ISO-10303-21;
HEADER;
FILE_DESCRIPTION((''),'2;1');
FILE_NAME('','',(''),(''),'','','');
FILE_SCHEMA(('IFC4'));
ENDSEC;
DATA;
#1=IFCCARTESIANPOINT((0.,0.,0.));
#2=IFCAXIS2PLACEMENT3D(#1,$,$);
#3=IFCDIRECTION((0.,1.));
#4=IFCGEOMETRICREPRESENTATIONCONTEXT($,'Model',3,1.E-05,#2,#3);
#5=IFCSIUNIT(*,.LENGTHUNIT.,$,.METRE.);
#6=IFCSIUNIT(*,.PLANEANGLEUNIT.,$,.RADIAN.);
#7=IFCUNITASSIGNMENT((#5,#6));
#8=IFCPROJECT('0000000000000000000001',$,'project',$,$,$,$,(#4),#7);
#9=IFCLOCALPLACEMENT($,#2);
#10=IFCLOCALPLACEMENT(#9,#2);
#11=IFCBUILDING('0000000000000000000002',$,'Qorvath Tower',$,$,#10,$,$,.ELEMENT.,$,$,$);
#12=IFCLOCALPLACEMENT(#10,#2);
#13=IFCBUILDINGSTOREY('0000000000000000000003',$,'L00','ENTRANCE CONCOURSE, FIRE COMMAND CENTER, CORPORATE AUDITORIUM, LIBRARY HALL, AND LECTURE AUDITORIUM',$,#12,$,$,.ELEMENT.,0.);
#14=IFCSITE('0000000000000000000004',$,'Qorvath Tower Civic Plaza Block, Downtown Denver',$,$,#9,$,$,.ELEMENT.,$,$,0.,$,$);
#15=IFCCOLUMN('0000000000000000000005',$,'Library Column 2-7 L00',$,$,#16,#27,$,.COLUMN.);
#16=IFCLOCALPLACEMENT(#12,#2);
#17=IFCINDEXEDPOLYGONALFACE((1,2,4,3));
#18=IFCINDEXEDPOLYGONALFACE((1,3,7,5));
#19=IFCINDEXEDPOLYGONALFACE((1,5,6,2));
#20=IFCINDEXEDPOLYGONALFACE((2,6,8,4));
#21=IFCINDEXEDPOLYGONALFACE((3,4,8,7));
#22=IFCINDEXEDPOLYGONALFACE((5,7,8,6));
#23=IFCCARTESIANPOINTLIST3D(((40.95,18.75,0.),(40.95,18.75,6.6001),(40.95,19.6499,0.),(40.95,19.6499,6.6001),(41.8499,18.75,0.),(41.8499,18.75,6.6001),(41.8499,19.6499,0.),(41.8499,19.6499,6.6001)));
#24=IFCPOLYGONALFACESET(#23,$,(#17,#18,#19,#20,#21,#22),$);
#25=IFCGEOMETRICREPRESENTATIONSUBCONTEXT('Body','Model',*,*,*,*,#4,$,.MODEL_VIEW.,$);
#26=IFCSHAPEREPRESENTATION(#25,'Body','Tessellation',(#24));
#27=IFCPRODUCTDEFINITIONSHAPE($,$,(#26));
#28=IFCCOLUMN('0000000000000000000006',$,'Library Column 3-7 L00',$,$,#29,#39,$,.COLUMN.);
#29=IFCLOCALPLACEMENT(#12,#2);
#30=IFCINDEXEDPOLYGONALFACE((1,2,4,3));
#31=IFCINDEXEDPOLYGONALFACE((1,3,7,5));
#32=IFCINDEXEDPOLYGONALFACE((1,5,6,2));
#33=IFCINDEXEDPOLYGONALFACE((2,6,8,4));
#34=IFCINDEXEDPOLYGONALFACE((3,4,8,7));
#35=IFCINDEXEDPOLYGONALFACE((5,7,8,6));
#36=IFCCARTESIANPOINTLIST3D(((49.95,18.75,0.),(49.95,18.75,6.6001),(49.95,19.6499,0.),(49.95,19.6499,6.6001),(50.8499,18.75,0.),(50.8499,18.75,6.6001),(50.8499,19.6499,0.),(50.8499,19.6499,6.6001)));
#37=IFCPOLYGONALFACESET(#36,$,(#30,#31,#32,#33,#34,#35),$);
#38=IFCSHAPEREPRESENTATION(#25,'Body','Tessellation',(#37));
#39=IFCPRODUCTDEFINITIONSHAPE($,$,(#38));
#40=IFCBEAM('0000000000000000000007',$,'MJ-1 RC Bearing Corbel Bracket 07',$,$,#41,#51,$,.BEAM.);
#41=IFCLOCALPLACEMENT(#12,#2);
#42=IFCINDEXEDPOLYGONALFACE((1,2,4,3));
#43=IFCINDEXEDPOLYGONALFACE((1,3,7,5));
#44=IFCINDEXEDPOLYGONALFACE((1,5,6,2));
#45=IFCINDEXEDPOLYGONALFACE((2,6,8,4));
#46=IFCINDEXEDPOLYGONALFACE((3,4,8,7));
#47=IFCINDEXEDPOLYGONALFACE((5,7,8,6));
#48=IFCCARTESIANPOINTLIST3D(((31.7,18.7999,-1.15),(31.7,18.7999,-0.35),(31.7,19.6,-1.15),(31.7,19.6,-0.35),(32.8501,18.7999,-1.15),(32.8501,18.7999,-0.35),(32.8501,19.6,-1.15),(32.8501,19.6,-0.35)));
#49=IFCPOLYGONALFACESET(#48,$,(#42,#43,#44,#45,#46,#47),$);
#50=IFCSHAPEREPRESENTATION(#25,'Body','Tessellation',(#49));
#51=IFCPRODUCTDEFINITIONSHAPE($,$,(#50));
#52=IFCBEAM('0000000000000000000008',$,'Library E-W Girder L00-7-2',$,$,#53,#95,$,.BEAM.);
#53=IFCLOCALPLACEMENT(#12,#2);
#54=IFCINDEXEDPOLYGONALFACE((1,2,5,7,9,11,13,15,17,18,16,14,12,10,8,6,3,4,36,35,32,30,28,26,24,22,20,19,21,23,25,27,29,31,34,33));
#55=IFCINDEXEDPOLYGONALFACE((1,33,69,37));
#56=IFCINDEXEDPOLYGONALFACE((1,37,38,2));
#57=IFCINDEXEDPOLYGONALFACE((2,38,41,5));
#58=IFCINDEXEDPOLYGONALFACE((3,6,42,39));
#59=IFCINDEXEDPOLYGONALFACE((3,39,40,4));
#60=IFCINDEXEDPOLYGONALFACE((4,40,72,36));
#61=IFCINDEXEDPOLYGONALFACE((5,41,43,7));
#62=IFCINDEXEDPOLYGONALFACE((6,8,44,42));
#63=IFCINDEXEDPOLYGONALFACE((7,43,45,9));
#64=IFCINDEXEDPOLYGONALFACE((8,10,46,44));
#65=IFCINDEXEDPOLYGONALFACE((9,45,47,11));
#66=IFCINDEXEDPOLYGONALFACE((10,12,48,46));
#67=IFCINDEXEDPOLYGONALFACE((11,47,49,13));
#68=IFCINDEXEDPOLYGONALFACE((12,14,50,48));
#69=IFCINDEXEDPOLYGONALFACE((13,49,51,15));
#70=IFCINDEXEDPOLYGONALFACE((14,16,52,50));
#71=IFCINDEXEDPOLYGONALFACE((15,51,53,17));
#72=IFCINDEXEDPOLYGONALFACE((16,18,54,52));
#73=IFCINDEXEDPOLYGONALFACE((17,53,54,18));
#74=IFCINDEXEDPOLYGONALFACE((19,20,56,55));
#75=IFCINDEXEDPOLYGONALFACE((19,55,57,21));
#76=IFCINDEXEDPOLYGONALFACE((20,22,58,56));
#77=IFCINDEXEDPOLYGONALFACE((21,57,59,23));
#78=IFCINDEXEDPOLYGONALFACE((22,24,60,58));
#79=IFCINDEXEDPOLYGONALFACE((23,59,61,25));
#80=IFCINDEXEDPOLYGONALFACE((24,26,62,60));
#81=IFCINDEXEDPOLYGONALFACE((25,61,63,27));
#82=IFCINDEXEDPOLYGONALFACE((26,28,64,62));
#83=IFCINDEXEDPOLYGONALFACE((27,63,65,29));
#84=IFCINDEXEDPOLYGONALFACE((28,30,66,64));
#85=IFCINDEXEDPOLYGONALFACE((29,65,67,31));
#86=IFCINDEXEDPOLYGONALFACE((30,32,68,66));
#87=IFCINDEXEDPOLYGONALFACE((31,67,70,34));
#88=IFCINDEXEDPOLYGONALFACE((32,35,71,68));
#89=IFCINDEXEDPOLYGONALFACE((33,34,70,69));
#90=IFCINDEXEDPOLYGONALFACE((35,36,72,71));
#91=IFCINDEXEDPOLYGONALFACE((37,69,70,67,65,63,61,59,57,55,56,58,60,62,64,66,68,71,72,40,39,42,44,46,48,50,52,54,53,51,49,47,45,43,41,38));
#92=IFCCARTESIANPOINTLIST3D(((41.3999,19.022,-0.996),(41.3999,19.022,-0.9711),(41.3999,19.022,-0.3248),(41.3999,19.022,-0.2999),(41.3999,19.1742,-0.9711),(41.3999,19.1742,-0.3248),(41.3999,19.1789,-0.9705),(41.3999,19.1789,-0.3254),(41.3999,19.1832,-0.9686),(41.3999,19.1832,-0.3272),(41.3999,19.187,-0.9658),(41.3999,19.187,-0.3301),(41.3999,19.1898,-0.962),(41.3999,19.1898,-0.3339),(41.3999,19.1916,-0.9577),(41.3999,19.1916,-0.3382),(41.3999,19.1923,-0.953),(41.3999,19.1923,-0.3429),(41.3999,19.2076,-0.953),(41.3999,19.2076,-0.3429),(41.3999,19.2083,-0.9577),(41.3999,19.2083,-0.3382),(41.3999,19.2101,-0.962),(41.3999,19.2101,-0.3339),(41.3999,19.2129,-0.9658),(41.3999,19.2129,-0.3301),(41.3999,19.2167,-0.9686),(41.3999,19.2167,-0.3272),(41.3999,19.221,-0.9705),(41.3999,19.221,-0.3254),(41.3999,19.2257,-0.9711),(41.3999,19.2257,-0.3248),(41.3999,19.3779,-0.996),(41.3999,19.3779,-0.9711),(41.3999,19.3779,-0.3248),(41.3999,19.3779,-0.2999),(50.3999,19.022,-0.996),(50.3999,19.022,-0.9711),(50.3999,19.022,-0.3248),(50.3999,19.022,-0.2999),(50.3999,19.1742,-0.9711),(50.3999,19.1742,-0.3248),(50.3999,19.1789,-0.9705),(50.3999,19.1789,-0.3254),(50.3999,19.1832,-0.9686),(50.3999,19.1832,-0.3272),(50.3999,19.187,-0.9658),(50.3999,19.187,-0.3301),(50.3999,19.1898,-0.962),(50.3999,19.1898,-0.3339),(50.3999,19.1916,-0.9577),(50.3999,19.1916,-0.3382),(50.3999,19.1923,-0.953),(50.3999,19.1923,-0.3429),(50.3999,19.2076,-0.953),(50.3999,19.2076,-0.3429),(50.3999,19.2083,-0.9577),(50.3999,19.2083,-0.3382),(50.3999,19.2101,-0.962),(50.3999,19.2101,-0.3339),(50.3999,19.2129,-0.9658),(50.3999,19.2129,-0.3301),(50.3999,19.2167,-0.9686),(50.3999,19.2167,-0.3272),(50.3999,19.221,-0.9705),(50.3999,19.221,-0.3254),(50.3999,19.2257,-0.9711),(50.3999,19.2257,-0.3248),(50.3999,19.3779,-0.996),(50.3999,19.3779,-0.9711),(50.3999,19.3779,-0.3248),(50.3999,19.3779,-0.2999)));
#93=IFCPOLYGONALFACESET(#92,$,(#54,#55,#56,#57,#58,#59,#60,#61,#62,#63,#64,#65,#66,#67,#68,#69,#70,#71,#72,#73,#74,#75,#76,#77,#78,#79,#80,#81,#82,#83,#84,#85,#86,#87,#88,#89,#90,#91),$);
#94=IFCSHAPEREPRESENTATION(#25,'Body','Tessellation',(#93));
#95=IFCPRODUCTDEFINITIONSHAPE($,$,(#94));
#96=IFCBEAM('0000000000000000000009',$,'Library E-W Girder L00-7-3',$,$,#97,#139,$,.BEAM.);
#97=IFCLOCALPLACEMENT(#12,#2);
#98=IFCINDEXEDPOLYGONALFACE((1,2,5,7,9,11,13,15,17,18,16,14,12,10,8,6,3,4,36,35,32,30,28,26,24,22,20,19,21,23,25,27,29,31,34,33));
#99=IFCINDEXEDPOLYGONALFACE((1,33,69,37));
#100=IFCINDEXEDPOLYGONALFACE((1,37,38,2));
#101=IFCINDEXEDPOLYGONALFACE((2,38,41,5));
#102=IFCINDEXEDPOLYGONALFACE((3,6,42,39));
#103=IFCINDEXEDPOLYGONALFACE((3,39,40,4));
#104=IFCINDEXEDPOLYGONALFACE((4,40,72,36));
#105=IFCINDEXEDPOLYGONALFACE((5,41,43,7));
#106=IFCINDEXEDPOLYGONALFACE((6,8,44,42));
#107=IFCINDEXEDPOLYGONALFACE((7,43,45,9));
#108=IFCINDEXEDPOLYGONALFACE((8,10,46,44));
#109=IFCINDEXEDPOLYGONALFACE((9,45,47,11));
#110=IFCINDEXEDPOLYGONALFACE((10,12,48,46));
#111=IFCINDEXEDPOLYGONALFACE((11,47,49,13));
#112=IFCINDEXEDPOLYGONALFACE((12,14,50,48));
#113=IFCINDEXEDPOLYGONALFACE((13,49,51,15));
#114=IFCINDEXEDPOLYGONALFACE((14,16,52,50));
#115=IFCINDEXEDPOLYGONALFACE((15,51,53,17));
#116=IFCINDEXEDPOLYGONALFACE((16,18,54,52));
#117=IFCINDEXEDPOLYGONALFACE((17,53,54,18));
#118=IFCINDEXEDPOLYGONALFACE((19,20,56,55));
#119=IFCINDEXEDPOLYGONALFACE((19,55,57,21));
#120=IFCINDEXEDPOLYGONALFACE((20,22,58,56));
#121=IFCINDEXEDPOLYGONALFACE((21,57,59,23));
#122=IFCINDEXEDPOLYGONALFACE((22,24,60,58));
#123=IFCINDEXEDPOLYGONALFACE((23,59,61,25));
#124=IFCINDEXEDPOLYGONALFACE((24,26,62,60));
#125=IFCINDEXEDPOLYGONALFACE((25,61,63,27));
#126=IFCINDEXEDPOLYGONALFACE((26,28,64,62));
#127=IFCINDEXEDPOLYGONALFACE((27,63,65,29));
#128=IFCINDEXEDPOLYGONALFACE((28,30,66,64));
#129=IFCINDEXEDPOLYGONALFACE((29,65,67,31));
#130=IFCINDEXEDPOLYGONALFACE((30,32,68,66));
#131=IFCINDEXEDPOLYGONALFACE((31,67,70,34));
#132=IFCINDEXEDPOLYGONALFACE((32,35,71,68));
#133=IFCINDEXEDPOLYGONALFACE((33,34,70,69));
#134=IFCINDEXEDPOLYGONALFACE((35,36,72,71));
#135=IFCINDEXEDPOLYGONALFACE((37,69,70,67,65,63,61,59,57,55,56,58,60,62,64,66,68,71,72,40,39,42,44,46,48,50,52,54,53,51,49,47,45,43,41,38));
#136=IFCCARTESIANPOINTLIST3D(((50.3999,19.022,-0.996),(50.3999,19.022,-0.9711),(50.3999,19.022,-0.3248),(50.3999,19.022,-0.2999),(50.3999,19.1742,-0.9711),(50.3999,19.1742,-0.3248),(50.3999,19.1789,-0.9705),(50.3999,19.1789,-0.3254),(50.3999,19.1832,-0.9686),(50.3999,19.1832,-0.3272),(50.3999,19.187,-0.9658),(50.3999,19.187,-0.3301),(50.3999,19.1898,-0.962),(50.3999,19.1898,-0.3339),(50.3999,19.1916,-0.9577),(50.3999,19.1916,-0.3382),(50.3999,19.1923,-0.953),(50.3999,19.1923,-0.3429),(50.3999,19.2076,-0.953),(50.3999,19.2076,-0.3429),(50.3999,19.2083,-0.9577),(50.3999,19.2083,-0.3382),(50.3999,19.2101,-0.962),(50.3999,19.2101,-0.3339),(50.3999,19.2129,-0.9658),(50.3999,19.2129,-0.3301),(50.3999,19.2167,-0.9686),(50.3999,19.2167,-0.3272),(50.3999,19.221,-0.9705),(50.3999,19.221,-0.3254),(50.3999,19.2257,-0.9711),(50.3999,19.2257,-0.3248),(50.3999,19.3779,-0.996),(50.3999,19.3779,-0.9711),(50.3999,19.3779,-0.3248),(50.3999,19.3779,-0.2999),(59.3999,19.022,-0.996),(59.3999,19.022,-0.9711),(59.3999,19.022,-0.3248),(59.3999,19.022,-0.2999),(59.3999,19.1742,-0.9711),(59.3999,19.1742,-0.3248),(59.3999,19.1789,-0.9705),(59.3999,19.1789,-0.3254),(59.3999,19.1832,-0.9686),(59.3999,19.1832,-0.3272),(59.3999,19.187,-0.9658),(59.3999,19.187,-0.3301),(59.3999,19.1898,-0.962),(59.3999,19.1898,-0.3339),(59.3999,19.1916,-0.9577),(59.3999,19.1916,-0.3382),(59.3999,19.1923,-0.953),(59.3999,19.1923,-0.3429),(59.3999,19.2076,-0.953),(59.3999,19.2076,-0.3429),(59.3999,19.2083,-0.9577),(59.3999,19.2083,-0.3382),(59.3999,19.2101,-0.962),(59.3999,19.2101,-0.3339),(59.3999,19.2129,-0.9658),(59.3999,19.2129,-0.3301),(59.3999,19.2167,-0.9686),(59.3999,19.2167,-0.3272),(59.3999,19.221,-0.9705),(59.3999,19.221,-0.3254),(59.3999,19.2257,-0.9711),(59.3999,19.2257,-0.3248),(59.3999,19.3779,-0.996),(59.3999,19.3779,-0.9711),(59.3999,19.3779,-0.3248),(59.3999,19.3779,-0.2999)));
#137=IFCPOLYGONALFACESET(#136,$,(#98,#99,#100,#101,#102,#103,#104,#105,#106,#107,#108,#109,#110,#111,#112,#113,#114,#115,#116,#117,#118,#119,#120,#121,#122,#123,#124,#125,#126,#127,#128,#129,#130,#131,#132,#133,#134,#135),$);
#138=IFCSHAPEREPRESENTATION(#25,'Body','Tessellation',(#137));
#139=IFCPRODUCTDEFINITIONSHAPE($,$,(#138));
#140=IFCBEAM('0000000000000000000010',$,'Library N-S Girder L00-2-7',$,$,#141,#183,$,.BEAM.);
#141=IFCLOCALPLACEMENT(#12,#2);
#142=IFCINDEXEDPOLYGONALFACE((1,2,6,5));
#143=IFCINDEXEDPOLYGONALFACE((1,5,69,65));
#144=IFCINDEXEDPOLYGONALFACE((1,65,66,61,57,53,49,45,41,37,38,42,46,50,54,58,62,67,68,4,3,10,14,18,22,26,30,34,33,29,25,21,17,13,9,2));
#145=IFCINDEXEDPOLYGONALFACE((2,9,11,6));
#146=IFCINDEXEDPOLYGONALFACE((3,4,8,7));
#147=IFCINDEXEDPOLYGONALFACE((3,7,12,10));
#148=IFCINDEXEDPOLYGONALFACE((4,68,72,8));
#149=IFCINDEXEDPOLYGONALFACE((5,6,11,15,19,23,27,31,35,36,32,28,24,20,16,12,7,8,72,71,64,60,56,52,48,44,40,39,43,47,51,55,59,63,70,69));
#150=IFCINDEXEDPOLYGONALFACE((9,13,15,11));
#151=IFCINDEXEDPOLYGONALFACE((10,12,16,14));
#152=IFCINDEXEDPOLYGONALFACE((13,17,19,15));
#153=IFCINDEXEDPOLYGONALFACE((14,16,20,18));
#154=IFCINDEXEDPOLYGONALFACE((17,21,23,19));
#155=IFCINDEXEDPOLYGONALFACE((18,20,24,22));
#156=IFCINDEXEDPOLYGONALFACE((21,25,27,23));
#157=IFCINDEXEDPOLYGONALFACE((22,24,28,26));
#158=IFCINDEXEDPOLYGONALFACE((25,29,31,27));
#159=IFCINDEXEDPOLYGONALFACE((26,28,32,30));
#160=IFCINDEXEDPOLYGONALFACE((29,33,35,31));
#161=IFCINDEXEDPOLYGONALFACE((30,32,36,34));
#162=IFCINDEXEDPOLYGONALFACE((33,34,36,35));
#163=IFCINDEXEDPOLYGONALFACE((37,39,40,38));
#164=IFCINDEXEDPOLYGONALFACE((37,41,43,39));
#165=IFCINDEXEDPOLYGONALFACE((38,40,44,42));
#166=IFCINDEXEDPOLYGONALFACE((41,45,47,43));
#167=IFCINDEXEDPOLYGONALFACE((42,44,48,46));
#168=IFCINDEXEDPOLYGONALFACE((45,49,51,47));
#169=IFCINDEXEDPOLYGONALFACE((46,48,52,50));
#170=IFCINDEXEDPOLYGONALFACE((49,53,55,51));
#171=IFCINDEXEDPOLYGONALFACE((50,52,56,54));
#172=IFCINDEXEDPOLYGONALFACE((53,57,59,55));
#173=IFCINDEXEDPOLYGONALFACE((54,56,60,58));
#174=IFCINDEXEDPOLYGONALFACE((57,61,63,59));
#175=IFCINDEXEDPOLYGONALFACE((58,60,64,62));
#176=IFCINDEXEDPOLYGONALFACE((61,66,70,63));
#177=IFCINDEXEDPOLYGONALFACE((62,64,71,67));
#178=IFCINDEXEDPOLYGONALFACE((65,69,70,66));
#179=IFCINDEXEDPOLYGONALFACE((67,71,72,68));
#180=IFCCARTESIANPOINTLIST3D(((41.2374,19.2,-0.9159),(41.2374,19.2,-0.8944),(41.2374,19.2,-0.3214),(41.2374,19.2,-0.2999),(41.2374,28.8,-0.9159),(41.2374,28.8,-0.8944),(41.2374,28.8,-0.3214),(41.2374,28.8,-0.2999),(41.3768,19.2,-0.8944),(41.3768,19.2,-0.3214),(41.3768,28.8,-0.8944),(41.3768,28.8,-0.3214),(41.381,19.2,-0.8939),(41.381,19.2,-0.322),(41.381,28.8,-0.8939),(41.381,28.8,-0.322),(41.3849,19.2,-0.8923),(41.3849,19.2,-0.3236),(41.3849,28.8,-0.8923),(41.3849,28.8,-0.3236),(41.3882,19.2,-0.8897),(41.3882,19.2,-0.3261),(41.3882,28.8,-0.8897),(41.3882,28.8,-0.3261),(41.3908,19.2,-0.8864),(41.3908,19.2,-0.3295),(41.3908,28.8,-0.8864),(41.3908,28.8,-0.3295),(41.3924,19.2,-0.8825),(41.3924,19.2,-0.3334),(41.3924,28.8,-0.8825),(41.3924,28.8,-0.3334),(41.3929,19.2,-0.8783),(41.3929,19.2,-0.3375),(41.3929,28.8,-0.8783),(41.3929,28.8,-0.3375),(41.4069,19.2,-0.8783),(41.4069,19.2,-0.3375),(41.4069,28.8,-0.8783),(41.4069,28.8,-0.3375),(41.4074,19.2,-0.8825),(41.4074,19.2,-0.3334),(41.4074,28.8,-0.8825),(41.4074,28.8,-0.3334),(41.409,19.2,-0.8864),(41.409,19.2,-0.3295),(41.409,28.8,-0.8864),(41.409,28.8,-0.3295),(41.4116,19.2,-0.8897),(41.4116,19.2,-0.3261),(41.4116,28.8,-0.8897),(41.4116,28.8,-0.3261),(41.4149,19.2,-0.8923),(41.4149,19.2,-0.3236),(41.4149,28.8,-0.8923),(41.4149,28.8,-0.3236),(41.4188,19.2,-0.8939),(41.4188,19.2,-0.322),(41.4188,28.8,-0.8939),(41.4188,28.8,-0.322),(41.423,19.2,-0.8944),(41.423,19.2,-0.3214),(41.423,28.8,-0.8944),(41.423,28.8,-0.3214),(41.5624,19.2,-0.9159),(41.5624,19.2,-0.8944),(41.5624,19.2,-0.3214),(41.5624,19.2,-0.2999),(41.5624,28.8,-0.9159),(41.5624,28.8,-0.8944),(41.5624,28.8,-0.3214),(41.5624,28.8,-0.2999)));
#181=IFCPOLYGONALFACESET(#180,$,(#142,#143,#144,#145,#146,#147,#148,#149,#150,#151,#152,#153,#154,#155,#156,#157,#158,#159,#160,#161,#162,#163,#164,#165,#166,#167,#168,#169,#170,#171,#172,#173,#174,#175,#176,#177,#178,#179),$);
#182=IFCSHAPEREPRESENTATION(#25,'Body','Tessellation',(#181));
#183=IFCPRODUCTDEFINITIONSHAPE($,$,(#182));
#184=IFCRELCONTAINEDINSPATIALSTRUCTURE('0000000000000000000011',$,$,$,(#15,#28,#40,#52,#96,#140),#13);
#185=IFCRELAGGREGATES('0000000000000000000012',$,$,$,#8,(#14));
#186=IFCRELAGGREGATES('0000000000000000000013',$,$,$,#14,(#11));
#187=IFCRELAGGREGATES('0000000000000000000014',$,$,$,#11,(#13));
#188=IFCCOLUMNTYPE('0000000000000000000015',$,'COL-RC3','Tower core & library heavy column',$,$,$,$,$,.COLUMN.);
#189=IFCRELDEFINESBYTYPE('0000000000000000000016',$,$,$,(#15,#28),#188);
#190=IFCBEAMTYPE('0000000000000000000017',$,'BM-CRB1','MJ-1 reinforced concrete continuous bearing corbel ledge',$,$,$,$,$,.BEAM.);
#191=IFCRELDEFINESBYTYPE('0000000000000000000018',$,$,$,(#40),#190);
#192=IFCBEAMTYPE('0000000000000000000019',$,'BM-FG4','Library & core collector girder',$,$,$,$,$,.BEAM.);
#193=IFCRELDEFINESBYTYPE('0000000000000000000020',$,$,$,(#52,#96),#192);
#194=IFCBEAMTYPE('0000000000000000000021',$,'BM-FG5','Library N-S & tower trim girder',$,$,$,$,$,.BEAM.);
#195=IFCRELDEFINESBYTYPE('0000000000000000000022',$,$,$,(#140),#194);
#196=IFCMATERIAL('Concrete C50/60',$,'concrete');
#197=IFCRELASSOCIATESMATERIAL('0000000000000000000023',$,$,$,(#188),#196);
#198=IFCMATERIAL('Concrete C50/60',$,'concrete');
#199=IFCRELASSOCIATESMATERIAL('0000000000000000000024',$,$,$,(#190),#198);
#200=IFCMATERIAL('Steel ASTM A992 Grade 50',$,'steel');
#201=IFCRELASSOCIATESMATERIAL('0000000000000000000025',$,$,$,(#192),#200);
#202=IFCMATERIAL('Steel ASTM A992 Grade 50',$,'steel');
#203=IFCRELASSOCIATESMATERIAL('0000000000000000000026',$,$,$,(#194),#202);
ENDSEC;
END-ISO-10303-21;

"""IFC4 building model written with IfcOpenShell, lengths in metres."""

from ifc_helpers import new_model, si_unit, direction, frame, origin, origin_2d, place, context, subcontext, project, spatial, rectangle, i_section, extrude, material, material_profile, profile_set, type_object, element, save


model = new_model("IFC4")

# Units and contexts
model_context = context("Model", 3, precision=1e-05, world=origin(), true_north=direction((0.0, 1.0)))
body_context = subcontext(model_context, "Body", "Model", "MODEL_VIEW")
ifc_project = project(units=[si_unit("LENGTHUNIT", "METRE"), si_unit("PLANEANGLEUNIT", "RADIAN")], contexts=[model_context])

# Site, building, storey
site_placement = place(None, origin())
site = spatial("IfcSite", under=ifc_project, at=site_placement, Name="Qorvath Tower Civic Plaza Block, Downtown Denver", CompositionType="ELEMENT", RefElevation=0.0)
building_placement = place(site_placement, origin())
building = spatial("IfcBuilding", under=site, at=building_placement, Name="Qorvath Tower", CompositionType="ELEMENT")
storey_placement = place(building_placement, origin())
storey = spatial("IfcBuildingStorey", under=building, at=storey_placement, Name="L00", Description="ENTRANCE CONCOURSE, FIRE COMMAND CENTER, CORPORATE AUDITORIUM, LIBRARY HALL, AND LECTURE AUDITORIUM", CompositionType="ELEMENT", Elevation=0.0)

# Columns
ifc_material_1 = material(Name="Concrete C50/60", Category="concrete")
ifc_material_profile_1 = material_profile(ifc_material_1, rectangle(XDim=0.8999, YDim=0.8999, at=origin_2d()), Name="RC 900x900")
ifc_profile_set_1 = profile_set([ifc_material_profile_1], Name="Concrete C50/60")
column_type = type_object("IfcColumnType", Name="COL-RC3", Description="Tower core & library heavy column", PredefinedType="COLUMN", material=ifc_profile_set_1)
for number, where, z_axis, x_axis, name in (
    (1, (41.3999, 19.2, 0.0), (0.0, 0.0, 1.0), (1.0, 0.0, 0.0), "Library Column 2-7 L00"),
    (2, (50.3999, 19.2, 0.0), (0.0, 0.0, 1.0), (1.0, 0.0, 0.0), "Library Column 3-7 L00"),
):
    element("IfcColumn", number, at=place(storey_placement, frame(where, z_axis=z_axis, x_axis=x_axis)), inside=storey, type_object=column_type, Name=name, PredefinedType="COLUMN", context=body_context, shape_type="SweptSolid", body=[
        extrude(rectangle(XDim=0.8999, YDim=0.8999, at=origin_2d()), origin(), (0.0, 0.0, 1.0), 6.6001),
    ])

# Beams
ifc_material_2 = material(Name="Concrete C50/60", Category="concrete")
ifc_material_profile_2 = material_profile(ifc_material_2, rectangle(XDim=0.8, YDim=0.8, at=origin_2d()), Name="RC 800x800")
ifc_profile_set_2 = profile_set([ifc_material_profile_2], Name="Concrete C50/60")
beam_type_1 = type_object("IfcBeamType", Name="BM-CRB1", Description="MJ-1 reinforced concrete continuous bearing corbel ledge", PredefinedType="BEAM", material=ifc_profile_set_2)
beam_1_placement = place(storey_placement, frame((32.8501, 19.2, -0.75), z_axis=(-1.0, 0.0, 0.0), x_axis=(0.0, -1.0, 0.0)))
element("IfcBeam", 3, at=beam_1_placement, inside=storey, type_object=beam_type_1, Name="MJ-1 RC Bearing Corbel Bracket 07", PredefinedType="BEAM", context=body_context, shape_type="SweptSolid", body=[
    extrude(rectangle(XDim=0.8, YDim=0.8, at=origin_2d()), origin(), (0.0, 0.0, 1.0), 1.1501),
])
ifc_material_3 = material(Name="Steel ASTM A992 Grade 50", Category="steel")
ifc_material_profile_3 = material_profile(ifc_material_3, i_section(OverallWidth=0.356, OverallDepth=0.696, WebThickness=0.0154, FlangeThickness=0.0249, FilletRadius=0.0181, at=origin_2d()), Name="W27x146")
ifc_profile_set_3 = profile_set([ifc_material_profile_3], Name="Steel ASTM A992 Grade 50")
beam_type_2 = type_object("IfcBeamType", Name="BM-FG4", Description="Library & core collector girder", PredefinedType="BEAM", material=ifc_profile_set_3)
for number, where, z_axis, x_axis, name in (
    (4, (41.3999, 19.2, -0.6479), (1.0, 0.0, 0.0), (0.0, 1.0, 0.0), "Library E-W Girder L00-7-2"),
    (5, (50.3999, 19.2, -0.6479), (1.0, 0.0, 0.0), (0.0, 1.0, 0.0), "Library E-W Girder L00-7-3"),
):
    element("IfcBeam", number, at=place(storey_placement, frame(where, z_axis=z_axis, x_axis=x_axis)), inside=storey, type_object=beam_type_2, Name=name, PredefinedType="BEAM", context=body_context, shape_type="SweptSolid", body=[
        extrude(i_section(OverallWidth=0.356, OverallDepth=0.696, WebThickness=0.0154, FlangeThickness=0.0249, FilletRadius=0.0181, at=origin_2d()), origin(), (0.0, 0.0, 1.0), 9.0),
    ])
ifc_material_4 = material(Name="Steel ASTM A992 Grade 50", Category="steel")
ifc_material_profile_4 = material_profile(ifc_material_4, i_section(OverallWidth=0.325, OverallDepth=0.616, WebThickness=0.0139, FlangeThickness=0.0215, FilletRadius=0.0161, at=origin_2d()), Name="W24x117")
ifc_profile_set_4 = profile_set([ifc_material_profile_4], Name="Steel ASTM A992 Grade 50")
beam_type_3 = type_object("IfcBeamType", Name="BM-FG5", Description="Library N-S & tower trim girder", PredefinedType="BEAM", material=ifc_profile_set_4)
for number, where, z_axis, x_axis, name in (
    (6, (41.3999, 19.2, -0.6079), (0.0, 1.0, 0.0), (-1.0, 0.0, 0.0), "Library N-S Girder L00-2-7"),
):
    element("IfcBeam", number, at=place(storey_placement, frame(where, z_axis=z_axis, x_axis=x_axis)), inside=storey, type_object=beam_type_3, Name=name, PredefinedType="BEAM", context=body_context, shape_type="SweptSolid", body=[
        extrude(i_section(OverallWidth=0.325, OverallDepth=0.616, WebThickness=0.0139, FlangeThickness=0.0215, FilletRadius=0.0161, at=origin_2d()), origin(), (0.0, 0.0, 1.0), 9.6001),
    ])

save(model, "model.ifc")
